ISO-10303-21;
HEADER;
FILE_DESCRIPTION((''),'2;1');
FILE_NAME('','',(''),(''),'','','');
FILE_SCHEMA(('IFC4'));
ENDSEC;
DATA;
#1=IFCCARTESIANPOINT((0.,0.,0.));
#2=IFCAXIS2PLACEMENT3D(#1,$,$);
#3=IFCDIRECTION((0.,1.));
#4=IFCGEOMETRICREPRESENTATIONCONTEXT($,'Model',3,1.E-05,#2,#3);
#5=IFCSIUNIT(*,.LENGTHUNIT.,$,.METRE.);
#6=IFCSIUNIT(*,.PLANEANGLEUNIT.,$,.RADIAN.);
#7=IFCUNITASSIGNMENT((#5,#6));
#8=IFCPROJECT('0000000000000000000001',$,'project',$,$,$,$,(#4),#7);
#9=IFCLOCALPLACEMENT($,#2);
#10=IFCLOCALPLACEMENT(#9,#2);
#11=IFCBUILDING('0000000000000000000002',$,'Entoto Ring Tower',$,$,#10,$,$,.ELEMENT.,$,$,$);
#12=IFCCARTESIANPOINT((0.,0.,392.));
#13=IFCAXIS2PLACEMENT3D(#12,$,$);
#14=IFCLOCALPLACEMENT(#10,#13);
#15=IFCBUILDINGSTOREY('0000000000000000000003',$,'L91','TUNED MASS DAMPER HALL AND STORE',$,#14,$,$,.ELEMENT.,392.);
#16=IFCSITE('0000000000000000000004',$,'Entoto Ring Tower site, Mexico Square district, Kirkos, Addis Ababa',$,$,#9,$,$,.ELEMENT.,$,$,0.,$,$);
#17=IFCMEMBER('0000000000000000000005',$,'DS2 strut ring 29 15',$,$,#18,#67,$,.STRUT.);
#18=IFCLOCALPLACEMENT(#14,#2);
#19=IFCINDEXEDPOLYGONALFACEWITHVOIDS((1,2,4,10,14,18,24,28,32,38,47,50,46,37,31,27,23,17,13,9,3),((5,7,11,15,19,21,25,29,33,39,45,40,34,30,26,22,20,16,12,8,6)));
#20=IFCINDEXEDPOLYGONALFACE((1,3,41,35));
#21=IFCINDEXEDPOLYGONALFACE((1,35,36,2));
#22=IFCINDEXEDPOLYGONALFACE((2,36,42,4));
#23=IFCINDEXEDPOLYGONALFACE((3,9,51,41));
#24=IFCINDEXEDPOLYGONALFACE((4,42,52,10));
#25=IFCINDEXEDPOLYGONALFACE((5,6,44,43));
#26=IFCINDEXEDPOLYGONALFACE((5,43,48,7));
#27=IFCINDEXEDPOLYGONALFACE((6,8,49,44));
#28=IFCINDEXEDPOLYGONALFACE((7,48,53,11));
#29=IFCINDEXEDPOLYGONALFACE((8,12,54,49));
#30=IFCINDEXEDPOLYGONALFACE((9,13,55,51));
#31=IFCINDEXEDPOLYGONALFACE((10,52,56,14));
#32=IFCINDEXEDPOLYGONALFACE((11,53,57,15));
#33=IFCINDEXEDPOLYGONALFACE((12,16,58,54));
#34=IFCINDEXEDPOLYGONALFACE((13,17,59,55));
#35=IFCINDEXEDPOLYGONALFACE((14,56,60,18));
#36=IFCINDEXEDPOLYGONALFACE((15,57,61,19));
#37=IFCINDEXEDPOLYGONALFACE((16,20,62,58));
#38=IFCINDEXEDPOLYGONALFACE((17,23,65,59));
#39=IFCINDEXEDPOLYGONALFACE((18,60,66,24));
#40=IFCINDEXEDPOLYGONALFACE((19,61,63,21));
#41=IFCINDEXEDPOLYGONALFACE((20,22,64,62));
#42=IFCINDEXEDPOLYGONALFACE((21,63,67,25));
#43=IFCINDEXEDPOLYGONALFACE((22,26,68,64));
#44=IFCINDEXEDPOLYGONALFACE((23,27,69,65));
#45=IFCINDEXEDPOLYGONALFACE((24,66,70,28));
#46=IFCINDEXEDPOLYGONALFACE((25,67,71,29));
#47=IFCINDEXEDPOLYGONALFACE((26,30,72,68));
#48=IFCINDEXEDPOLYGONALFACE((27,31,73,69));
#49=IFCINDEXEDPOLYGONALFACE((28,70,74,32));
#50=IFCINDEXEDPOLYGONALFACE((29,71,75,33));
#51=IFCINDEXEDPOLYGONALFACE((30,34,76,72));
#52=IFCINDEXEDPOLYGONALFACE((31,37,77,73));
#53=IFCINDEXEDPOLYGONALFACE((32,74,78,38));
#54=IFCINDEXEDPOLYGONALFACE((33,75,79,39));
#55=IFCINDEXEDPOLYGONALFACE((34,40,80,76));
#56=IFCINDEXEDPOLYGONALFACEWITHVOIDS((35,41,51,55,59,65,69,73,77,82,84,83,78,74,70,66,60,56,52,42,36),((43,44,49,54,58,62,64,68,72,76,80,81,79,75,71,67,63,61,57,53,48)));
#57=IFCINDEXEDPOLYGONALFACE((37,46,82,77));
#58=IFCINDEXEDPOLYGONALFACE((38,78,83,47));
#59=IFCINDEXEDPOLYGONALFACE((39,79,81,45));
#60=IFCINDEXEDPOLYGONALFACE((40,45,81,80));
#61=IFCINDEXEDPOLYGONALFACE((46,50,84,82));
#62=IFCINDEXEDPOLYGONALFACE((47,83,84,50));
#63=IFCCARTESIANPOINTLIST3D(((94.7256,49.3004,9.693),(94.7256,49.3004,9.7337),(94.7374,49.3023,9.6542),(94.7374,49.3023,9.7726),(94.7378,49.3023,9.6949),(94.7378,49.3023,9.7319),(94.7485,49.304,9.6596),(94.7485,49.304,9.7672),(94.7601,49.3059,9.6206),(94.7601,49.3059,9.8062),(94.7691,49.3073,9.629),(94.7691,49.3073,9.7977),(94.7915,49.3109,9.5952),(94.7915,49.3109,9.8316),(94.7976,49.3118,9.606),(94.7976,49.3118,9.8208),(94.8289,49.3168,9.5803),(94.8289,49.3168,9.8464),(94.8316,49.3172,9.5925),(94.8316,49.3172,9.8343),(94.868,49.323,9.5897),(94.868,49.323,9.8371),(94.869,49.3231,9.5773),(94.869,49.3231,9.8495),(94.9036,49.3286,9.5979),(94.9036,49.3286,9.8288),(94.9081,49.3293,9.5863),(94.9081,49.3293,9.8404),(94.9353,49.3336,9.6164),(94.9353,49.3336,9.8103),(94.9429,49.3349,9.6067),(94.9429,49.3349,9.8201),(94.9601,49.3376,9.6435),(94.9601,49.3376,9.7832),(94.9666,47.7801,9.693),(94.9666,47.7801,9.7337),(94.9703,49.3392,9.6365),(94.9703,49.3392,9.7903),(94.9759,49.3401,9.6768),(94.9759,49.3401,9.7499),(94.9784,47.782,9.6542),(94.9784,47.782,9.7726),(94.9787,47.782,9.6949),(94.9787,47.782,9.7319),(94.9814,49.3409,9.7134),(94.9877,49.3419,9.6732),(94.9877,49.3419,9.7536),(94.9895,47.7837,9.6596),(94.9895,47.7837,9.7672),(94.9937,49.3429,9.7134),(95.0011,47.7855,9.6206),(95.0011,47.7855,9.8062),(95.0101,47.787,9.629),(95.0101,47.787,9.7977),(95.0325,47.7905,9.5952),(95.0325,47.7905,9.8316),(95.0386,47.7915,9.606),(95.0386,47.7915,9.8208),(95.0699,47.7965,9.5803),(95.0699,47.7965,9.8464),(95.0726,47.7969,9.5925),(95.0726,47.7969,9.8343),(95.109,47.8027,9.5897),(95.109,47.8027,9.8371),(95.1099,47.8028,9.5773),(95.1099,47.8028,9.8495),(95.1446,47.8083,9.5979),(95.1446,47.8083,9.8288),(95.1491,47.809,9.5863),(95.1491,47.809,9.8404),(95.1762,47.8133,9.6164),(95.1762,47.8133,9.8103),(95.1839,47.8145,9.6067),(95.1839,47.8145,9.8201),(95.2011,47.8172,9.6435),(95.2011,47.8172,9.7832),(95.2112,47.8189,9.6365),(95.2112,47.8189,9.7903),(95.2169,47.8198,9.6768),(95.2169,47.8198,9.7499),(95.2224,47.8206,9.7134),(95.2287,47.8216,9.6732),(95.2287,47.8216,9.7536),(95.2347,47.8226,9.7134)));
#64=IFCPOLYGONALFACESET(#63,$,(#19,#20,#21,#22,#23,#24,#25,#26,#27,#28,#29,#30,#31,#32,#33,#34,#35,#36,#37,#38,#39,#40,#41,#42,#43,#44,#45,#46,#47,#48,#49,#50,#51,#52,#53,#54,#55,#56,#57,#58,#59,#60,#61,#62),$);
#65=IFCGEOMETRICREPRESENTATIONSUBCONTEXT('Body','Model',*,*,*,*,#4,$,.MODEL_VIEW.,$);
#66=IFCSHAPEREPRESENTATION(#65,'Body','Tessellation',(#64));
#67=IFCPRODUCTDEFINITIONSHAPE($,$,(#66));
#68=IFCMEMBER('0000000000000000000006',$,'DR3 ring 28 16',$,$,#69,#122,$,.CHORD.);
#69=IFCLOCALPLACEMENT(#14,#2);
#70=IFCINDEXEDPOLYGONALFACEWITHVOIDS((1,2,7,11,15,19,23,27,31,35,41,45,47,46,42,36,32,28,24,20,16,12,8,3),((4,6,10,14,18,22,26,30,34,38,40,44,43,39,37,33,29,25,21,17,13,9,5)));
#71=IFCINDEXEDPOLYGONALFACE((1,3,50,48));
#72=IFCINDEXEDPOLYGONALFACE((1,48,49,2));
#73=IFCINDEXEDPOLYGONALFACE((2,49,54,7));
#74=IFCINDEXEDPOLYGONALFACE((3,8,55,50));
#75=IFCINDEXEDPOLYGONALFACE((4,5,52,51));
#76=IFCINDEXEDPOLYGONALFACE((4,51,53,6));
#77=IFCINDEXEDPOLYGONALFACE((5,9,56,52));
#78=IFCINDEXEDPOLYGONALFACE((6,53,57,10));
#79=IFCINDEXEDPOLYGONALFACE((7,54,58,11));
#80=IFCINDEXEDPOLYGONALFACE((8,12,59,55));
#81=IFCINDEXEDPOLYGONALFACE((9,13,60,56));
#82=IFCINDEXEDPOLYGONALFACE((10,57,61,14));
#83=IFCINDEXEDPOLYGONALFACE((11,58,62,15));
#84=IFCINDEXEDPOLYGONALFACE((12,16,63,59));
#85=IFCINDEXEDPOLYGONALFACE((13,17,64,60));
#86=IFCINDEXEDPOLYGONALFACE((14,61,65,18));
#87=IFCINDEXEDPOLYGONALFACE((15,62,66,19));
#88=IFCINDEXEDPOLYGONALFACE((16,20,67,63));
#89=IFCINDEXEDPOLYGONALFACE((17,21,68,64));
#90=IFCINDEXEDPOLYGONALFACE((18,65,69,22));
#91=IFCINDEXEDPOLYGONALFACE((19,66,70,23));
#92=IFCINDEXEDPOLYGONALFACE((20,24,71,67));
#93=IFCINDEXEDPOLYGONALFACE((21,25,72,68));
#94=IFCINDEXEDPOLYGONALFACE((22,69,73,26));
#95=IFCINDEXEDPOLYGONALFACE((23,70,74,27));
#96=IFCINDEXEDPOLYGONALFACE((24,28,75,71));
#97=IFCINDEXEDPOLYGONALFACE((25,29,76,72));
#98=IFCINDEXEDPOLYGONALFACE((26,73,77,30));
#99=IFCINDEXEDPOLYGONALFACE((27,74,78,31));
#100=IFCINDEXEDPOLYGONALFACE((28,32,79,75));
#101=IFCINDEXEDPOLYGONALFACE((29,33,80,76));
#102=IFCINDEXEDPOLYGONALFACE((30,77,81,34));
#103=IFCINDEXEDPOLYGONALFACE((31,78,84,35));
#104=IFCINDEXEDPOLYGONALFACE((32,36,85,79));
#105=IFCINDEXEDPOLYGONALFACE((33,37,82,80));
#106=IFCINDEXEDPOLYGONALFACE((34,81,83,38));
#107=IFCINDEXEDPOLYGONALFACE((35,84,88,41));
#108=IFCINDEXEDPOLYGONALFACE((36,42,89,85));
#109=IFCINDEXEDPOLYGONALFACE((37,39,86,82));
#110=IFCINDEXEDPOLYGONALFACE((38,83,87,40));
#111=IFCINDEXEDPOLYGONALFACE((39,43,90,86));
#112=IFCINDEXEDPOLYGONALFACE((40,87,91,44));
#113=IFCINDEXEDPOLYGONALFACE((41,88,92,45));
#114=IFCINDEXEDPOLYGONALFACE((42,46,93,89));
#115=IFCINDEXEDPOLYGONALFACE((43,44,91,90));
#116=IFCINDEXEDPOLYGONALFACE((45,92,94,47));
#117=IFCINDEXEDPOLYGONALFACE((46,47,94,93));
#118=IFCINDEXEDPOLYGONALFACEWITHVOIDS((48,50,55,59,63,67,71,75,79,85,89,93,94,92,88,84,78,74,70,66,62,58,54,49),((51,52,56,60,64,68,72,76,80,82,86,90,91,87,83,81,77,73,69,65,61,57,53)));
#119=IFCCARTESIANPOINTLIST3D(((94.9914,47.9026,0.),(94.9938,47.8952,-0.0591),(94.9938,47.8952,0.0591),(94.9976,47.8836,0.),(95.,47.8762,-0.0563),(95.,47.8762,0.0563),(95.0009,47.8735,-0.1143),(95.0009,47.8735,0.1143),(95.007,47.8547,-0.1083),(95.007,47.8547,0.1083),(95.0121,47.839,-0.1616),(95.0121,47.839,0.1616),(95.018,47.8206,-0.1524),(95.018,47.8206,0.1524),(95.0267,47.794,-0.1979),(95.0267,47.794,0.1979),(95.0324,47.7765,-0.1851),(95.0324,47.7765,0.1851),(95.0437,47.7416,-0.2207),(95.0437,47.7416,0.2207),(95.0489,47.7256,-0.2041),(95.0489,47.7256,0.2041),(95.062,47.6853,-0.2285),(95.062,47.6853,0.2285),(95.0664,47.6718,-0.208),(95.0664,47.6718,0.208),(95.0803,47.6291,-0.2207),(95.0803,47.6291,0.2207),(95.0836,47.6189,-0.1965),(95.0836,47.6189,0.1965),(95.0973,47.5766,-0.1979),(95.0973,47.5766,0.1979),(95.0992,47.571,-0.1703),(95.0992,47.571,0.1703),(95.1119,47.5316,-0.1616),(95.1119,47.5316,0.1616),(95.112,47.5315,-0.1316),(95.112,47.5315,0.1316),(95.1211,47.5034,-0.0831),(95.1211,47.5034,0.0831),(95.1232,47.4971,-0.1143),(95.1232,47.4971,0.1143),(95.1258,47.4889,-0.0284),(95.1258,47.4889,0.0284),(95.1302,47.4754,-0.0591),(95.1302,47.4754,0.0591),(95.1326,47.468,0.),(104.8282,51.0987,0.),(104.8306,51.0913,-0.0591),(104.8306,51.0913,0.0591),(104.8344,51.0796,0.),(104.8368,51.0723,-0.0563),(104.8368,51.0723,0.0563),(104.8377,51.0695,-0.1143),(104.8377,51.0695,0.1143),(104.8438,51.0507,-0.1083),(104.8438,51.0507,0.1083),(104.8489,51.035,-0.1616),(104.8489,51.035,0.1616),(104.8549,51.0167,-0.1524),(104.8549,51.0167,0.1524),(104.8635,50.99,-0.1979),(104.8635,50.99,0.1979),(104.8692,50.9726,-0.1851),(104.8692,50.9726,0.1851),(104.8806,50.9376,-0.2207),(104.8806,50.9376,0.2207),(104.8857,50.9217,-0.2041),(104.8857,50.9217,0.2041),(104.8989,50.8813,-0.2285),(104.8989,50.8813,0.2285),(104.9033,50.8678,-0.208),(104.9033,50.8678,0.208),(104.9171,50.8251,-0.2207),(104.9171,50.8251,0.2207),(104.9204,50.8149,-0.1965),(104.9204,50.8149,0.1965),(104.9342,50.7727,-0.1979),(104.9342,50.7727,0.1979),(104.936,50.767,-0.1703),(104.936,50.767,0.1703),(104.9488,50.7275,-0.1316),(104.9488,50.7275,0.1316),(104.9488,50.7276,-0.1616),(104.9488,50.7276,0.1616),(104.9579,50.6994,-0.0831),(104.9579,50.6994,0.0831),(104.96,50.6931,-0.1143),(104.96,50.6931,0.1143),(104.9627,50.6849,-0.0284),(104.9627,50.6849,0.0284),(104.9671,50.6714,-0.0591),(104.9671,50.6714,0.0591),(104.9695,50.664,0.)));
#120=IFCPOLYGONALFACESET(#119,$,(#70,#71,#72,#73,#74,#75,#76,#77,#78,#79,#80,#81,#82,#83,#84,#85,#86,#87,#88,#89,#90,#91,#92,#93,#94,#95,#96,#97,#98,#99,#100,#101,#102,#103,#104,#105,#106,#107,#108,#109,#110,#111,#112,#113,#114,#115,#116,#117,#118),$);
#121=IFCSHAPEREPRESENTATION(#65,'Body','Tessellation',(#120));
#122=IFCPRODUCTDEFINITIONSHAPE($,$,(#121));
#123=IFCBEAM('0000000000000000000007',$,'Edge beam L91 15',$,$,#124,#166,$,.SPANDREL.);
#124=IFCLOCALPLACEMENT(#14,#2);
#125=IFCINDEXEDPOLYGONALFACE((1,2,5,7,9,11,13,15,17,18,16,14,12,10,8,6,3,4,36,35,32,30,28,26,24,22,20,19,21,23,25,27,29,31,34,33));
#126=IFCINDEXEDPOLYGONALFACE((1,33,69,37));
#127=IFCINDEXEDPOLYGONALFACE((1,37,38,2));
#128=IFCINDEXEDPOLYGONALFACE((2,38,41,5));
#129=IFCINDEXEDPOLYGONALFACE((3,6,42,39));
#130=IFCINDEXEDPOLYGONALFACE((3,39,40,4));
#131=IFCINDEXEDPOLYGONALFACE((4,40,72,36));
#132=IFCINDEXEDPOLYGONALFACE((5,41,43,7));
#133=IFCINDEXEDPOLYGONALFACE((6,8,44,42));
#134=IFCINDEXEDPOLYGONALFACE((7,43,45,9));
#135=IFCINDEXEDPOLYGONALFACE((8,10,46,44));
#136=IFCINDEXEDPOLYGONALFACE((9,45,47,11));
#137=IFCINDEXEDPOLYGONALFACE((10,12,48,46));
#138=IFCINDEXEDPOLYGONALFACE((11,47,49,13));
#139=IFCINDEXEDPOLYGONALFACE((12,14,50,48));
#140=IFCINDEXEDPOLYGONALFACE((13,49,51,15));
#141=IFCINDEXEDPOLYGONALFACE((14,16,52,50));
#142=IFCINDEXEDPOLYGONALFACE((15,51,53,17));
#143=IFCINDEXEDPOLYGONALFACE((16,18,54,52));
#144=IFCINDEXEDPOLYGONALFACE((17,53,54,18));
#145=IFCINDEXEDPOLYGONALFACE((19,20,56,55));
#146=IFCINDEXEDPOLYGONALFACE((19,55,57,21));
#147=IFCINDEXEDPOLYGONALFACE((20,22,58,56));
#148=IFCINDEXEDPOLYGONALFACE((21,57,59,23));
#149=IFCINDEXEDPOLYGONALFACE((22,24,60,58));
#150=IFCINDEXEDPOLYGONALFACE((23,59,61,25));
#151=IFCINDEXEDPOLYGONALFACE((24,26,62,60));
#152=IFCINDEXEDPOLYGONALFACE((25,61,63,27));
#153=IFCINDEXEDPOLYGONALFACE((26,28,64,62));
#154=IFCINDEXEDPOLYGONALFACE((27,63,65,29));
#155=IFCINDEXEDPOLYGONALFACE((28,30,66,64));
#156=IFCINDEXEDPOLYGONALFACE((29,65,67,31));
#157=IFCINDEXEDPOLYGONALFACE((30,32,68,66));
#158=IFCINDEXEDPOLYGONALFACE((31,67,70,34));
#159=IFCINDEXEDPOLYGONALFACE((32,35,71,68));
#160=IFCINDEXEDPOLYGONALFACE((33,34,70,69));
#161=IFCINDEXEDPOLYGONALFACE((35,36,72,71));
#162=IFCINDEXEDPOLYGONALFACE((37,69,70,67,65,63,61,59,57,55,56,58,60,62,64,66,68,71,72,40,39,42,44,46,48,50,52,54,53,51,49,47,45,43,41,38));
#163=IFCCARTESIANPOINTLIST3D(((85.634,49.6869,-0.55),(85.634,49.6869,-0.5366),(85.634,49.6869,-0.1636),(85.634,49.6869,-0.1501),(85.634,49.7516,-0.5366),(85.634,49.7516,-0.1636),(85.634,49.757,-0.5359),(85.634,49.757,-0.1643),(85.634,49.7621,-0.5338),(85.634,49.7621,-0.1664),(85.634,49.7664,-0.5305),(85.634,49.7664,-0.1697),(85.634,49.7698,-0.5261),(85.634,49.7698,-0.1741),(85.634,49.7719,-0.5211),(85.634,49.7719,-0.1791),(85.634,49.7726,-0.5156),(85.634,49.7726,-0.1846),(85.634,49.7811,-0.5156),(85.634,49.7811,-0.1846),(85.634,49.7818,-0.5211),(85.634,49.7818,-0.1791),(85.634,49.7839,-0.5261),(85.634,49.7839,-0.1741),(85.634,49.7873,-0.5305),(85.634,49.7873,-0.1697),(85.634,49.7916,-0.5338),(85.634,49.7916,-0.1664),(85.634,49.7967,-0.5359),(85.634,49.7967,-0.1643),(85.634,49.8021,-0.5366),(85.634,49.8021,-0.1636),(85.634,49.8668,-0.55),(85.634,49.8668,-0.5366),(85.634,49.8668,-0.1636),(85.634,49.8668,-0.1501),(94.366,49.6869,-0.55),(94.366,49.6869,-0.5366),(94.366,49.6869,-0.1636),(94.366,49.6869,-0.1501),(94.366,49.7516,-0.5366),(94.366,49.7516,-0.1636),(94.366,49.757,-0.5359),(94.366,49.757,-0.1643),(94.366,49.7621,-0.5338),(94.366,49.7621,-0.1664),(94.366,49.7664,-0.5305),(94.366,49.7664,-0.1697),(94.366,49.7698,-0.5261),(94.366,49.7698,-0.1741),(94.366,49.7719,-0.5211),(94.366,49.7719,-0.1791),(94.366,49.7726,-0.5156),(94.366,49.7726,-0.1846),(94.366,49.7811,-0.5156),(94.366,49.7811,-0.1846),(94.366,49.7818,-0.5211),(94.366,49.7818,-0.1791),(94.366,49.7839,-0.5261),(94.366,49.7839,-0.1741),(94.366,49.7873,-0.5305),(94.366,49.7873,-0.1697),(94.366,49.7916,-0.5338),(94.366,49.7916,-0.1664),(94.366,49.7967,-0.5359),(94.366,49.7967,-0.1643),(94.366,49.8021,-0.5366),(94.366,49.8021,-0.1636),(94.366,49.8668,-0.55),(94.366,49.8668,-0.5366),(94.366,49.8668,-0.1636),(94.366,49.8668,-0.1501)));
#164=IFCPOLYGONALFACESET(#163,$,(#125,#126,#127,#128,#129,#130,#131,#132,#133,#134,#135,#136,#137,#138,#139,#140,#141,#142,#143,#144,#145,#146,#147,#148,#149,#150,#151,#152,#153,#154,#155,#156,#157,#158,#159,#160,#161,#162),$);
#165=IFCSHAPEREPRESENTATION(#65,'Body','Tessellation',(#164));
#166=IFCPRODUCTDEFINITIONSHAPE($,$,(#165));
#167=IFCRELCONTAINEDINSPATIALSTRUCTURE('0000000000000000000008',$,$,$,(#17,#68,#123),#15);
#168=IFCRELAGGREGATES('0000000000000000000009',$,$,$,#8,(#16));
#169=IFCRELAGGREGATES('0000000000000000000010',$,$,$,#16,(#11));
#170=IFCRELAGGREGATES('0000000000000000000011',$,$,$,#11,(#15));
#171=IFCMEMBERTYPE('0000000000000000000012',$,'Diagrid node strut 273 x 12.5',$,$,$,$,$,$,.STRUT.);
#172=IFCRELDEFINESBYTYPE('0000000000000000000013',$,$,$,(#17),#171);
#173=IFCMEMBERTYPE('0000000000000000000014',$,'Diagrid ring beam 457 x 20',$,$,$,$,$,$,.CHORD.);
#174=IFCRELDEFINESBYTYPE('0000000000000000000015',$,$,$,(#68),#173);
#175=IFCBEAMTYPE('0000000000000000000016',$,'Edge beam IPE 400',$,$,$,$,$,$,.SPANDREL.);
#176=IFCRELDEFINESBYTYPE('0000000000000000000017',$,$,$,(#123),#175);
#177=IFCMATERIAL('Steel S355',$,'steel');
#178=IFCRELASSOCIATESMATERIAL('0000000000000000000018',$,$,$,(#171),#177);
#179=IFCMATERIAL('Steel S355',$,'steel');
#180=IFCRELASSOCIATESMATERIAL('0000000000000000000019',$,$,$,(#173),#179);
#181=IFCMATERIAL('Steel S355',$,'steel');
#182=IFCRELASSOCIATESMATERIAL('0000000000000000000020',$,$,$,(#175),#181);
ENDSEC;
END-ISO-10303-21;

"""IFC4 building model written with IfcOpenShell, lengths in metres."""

from ifc_helpers import new_model, si_unit, direction, frame, origin, origin_2d, place, context, subcontext, project, spatial, circle, hollow_circle, i_section, extrude, material, material_profile, profile_set, type_object, element, save


model = new_model("IFC4")

# Units and contexts
model_context = context("Model", 3, precision=1e-05, world=origin(), true_north=direction((0.0, 1.0)))
body_context = subcontext(model_context, "Body", "Model", "MODEL_VIEW")
ifc_project = project(units=[si_unit("LENGTHUNIT", "METRE"), si_unit("PLANEANGLEUNIT", "RADIAN")], contexts=[model_context])

# Site, building, storey
site_placement = place(None, origin())
site = spatial("IfcSite", under=ifc_project, at=site_placement, Name="Entoto Ring Tower site, Mexico Square district, Kirkos, Addis Ababa", CompositionType="ELEMENT", RefElevation=0.0)
building_placement = place(site_placement, origin())
building = spatial("IfcBuilding", under=site, at=building_placement, Name="Entoto Ring Tower", CompositionType="ELEMENT")
storey_placement = place(building_placement, frame((0.0, 0.0, 392.0)))
storey = spatial("IfcBuildingStorey", under=building, at=storey_placement, Name="L91", Description="TUNED MASS DAMPER HALL AND STORE", CompositionType="ELEMENT", Elevation=392.0)

# Members
ifc_material_1 = material(Name="Steel S355", Category="steel")
ifc_material_profile_1 = material_profile(ifc_material_1, hollow_circle(Radius=0.1365, WallThickness=0.0125, at=origin_2d()), Name="CHS 273 x 12.5")
ifc_material_2 = material(Name="Concrete C60/75", Category="concrete")
ifc_material_profile_2 = material_profile(ifc_material_2, circle(Radius=0.124, at=origin_2d()), Name="Concrete C60/75 infill")
ifc_profile_set_1 = profile_set([ifc_material_profile_1, ifc_material_profile_2], Name="Steel S355")
member_type_1 = type_object("IfcMemberType", Name="Diagrid node strut 273 x 12.5", PredefinedType="STRUT", material=ifc_profile_set_1)
member_1_placement = place(storey_placement, frame((94.8589, 49.3215, 9.7134), z_axis=(0.156549, -0.98767, 0.0), x_axis=(0.98767, 0.156549, 0.0)))
element("IfcMember", 1, at=member_1_placement, inside=storey, type_object=member_type_1, Name="DS2 strut ring 29 15", PredefinedType="STRUT", context=body_context, shape_type="SweptSolid", body=[
    extrude(hollow_circle(Radius=0.1365, WallThickness=0.0125, at=origin_2d()), origin(), (0.0, 0.0, 1.0), 1.5393),
])
ifc_material_3 = material(Name="Steel S355", Category="steel")
ifc_material_profile_3 = material_profile(ifc_material_3, hollow_circle(Radius=0.2285, WallThickness=0.02, at=origin_2d()), Name="CHS 457 x 20")
ifc_material_4 = material(Name="Concrete C60/75", Category="concrete")
ifc_material_profile_4 = material_profile(ifc_material_4, circle(Radius=0.2085, at=origin_2d()), Name="Concrete C60/75 infill")
ifc_profile_set_2 = profile_set([ifc_material_profile_3, ifc_material_profile_4], Name="Steel S355")
member_type_2 = type_object("IfcMemberType", Name="Diagrid ring beam 457 x 20", PredefinedType="CHORD", material=ifc_profile_set_2)
member_2_placement = place(storey_placement, frame((95.062, 47.6853, 0.0), z_axis=(0.951061, 0.309003, 0.0), x_axis=(-0.309003, 0.951061, 0.0)))
element("IfcMember", 2, at=member_2_placement, inside=storey, type_object=member_type_2, Name="DR3 ring 28 16", PredefinedType="CHORD", context=body_context, shape_type="SweptSolid", body=[
    extrude(hollow_circle(Radius=0.2285, WallThickness=0.02, at=origin_2d()), origin(), (0.0, 0.0, 1.0), 10.343),
])

# Beam
ifc_material_5 = material(Name="Steel S355", Category="steel")
ifc_material_profile_5 = material_profile(ifc_material_5, i_section(OverallWidth=0.1799, OverallDepth=0.3999, WebThickness=0.0085, FlangeThickness=0.0134, FilletRadius=0.021, at=origin_2d()), Name="IPE 400")
ifc_profile_set_3 = profile_set([ifc_material_profile_5], Name="Steel S355")
beam_type_1 = type_object("IfcBeamType", Name="Edge beam IPE 400", PredefinedType="SPANDREL", material=ifc_profile_set_3)
beam_1_placement = place(storey_placement, frame((85.634, 49.7769, -0.3501), z_axis=(1.0, 0.0, 0.0), x_axis=(0.0, 1.0, 0.0)))
element("IfcBeam", 3, at=beam_1_placement, inside=storey, type_object=beam_type_1, Name="Edge beam L91 15", PredefinedType="SPANDREL", context=body_context, shape_type="SweptSolid", body=[
    extrude(i_section(OverallWidth=0.1799, OverallDepth=0.3999, WebThickness=0.0085, FlangeThickness=0.0134, FilletRadius=0.021, at=origin_2d()), origin(), (0.0, 0.0, 1.0), 8.7319),
])

save(model, "model.ifc")
